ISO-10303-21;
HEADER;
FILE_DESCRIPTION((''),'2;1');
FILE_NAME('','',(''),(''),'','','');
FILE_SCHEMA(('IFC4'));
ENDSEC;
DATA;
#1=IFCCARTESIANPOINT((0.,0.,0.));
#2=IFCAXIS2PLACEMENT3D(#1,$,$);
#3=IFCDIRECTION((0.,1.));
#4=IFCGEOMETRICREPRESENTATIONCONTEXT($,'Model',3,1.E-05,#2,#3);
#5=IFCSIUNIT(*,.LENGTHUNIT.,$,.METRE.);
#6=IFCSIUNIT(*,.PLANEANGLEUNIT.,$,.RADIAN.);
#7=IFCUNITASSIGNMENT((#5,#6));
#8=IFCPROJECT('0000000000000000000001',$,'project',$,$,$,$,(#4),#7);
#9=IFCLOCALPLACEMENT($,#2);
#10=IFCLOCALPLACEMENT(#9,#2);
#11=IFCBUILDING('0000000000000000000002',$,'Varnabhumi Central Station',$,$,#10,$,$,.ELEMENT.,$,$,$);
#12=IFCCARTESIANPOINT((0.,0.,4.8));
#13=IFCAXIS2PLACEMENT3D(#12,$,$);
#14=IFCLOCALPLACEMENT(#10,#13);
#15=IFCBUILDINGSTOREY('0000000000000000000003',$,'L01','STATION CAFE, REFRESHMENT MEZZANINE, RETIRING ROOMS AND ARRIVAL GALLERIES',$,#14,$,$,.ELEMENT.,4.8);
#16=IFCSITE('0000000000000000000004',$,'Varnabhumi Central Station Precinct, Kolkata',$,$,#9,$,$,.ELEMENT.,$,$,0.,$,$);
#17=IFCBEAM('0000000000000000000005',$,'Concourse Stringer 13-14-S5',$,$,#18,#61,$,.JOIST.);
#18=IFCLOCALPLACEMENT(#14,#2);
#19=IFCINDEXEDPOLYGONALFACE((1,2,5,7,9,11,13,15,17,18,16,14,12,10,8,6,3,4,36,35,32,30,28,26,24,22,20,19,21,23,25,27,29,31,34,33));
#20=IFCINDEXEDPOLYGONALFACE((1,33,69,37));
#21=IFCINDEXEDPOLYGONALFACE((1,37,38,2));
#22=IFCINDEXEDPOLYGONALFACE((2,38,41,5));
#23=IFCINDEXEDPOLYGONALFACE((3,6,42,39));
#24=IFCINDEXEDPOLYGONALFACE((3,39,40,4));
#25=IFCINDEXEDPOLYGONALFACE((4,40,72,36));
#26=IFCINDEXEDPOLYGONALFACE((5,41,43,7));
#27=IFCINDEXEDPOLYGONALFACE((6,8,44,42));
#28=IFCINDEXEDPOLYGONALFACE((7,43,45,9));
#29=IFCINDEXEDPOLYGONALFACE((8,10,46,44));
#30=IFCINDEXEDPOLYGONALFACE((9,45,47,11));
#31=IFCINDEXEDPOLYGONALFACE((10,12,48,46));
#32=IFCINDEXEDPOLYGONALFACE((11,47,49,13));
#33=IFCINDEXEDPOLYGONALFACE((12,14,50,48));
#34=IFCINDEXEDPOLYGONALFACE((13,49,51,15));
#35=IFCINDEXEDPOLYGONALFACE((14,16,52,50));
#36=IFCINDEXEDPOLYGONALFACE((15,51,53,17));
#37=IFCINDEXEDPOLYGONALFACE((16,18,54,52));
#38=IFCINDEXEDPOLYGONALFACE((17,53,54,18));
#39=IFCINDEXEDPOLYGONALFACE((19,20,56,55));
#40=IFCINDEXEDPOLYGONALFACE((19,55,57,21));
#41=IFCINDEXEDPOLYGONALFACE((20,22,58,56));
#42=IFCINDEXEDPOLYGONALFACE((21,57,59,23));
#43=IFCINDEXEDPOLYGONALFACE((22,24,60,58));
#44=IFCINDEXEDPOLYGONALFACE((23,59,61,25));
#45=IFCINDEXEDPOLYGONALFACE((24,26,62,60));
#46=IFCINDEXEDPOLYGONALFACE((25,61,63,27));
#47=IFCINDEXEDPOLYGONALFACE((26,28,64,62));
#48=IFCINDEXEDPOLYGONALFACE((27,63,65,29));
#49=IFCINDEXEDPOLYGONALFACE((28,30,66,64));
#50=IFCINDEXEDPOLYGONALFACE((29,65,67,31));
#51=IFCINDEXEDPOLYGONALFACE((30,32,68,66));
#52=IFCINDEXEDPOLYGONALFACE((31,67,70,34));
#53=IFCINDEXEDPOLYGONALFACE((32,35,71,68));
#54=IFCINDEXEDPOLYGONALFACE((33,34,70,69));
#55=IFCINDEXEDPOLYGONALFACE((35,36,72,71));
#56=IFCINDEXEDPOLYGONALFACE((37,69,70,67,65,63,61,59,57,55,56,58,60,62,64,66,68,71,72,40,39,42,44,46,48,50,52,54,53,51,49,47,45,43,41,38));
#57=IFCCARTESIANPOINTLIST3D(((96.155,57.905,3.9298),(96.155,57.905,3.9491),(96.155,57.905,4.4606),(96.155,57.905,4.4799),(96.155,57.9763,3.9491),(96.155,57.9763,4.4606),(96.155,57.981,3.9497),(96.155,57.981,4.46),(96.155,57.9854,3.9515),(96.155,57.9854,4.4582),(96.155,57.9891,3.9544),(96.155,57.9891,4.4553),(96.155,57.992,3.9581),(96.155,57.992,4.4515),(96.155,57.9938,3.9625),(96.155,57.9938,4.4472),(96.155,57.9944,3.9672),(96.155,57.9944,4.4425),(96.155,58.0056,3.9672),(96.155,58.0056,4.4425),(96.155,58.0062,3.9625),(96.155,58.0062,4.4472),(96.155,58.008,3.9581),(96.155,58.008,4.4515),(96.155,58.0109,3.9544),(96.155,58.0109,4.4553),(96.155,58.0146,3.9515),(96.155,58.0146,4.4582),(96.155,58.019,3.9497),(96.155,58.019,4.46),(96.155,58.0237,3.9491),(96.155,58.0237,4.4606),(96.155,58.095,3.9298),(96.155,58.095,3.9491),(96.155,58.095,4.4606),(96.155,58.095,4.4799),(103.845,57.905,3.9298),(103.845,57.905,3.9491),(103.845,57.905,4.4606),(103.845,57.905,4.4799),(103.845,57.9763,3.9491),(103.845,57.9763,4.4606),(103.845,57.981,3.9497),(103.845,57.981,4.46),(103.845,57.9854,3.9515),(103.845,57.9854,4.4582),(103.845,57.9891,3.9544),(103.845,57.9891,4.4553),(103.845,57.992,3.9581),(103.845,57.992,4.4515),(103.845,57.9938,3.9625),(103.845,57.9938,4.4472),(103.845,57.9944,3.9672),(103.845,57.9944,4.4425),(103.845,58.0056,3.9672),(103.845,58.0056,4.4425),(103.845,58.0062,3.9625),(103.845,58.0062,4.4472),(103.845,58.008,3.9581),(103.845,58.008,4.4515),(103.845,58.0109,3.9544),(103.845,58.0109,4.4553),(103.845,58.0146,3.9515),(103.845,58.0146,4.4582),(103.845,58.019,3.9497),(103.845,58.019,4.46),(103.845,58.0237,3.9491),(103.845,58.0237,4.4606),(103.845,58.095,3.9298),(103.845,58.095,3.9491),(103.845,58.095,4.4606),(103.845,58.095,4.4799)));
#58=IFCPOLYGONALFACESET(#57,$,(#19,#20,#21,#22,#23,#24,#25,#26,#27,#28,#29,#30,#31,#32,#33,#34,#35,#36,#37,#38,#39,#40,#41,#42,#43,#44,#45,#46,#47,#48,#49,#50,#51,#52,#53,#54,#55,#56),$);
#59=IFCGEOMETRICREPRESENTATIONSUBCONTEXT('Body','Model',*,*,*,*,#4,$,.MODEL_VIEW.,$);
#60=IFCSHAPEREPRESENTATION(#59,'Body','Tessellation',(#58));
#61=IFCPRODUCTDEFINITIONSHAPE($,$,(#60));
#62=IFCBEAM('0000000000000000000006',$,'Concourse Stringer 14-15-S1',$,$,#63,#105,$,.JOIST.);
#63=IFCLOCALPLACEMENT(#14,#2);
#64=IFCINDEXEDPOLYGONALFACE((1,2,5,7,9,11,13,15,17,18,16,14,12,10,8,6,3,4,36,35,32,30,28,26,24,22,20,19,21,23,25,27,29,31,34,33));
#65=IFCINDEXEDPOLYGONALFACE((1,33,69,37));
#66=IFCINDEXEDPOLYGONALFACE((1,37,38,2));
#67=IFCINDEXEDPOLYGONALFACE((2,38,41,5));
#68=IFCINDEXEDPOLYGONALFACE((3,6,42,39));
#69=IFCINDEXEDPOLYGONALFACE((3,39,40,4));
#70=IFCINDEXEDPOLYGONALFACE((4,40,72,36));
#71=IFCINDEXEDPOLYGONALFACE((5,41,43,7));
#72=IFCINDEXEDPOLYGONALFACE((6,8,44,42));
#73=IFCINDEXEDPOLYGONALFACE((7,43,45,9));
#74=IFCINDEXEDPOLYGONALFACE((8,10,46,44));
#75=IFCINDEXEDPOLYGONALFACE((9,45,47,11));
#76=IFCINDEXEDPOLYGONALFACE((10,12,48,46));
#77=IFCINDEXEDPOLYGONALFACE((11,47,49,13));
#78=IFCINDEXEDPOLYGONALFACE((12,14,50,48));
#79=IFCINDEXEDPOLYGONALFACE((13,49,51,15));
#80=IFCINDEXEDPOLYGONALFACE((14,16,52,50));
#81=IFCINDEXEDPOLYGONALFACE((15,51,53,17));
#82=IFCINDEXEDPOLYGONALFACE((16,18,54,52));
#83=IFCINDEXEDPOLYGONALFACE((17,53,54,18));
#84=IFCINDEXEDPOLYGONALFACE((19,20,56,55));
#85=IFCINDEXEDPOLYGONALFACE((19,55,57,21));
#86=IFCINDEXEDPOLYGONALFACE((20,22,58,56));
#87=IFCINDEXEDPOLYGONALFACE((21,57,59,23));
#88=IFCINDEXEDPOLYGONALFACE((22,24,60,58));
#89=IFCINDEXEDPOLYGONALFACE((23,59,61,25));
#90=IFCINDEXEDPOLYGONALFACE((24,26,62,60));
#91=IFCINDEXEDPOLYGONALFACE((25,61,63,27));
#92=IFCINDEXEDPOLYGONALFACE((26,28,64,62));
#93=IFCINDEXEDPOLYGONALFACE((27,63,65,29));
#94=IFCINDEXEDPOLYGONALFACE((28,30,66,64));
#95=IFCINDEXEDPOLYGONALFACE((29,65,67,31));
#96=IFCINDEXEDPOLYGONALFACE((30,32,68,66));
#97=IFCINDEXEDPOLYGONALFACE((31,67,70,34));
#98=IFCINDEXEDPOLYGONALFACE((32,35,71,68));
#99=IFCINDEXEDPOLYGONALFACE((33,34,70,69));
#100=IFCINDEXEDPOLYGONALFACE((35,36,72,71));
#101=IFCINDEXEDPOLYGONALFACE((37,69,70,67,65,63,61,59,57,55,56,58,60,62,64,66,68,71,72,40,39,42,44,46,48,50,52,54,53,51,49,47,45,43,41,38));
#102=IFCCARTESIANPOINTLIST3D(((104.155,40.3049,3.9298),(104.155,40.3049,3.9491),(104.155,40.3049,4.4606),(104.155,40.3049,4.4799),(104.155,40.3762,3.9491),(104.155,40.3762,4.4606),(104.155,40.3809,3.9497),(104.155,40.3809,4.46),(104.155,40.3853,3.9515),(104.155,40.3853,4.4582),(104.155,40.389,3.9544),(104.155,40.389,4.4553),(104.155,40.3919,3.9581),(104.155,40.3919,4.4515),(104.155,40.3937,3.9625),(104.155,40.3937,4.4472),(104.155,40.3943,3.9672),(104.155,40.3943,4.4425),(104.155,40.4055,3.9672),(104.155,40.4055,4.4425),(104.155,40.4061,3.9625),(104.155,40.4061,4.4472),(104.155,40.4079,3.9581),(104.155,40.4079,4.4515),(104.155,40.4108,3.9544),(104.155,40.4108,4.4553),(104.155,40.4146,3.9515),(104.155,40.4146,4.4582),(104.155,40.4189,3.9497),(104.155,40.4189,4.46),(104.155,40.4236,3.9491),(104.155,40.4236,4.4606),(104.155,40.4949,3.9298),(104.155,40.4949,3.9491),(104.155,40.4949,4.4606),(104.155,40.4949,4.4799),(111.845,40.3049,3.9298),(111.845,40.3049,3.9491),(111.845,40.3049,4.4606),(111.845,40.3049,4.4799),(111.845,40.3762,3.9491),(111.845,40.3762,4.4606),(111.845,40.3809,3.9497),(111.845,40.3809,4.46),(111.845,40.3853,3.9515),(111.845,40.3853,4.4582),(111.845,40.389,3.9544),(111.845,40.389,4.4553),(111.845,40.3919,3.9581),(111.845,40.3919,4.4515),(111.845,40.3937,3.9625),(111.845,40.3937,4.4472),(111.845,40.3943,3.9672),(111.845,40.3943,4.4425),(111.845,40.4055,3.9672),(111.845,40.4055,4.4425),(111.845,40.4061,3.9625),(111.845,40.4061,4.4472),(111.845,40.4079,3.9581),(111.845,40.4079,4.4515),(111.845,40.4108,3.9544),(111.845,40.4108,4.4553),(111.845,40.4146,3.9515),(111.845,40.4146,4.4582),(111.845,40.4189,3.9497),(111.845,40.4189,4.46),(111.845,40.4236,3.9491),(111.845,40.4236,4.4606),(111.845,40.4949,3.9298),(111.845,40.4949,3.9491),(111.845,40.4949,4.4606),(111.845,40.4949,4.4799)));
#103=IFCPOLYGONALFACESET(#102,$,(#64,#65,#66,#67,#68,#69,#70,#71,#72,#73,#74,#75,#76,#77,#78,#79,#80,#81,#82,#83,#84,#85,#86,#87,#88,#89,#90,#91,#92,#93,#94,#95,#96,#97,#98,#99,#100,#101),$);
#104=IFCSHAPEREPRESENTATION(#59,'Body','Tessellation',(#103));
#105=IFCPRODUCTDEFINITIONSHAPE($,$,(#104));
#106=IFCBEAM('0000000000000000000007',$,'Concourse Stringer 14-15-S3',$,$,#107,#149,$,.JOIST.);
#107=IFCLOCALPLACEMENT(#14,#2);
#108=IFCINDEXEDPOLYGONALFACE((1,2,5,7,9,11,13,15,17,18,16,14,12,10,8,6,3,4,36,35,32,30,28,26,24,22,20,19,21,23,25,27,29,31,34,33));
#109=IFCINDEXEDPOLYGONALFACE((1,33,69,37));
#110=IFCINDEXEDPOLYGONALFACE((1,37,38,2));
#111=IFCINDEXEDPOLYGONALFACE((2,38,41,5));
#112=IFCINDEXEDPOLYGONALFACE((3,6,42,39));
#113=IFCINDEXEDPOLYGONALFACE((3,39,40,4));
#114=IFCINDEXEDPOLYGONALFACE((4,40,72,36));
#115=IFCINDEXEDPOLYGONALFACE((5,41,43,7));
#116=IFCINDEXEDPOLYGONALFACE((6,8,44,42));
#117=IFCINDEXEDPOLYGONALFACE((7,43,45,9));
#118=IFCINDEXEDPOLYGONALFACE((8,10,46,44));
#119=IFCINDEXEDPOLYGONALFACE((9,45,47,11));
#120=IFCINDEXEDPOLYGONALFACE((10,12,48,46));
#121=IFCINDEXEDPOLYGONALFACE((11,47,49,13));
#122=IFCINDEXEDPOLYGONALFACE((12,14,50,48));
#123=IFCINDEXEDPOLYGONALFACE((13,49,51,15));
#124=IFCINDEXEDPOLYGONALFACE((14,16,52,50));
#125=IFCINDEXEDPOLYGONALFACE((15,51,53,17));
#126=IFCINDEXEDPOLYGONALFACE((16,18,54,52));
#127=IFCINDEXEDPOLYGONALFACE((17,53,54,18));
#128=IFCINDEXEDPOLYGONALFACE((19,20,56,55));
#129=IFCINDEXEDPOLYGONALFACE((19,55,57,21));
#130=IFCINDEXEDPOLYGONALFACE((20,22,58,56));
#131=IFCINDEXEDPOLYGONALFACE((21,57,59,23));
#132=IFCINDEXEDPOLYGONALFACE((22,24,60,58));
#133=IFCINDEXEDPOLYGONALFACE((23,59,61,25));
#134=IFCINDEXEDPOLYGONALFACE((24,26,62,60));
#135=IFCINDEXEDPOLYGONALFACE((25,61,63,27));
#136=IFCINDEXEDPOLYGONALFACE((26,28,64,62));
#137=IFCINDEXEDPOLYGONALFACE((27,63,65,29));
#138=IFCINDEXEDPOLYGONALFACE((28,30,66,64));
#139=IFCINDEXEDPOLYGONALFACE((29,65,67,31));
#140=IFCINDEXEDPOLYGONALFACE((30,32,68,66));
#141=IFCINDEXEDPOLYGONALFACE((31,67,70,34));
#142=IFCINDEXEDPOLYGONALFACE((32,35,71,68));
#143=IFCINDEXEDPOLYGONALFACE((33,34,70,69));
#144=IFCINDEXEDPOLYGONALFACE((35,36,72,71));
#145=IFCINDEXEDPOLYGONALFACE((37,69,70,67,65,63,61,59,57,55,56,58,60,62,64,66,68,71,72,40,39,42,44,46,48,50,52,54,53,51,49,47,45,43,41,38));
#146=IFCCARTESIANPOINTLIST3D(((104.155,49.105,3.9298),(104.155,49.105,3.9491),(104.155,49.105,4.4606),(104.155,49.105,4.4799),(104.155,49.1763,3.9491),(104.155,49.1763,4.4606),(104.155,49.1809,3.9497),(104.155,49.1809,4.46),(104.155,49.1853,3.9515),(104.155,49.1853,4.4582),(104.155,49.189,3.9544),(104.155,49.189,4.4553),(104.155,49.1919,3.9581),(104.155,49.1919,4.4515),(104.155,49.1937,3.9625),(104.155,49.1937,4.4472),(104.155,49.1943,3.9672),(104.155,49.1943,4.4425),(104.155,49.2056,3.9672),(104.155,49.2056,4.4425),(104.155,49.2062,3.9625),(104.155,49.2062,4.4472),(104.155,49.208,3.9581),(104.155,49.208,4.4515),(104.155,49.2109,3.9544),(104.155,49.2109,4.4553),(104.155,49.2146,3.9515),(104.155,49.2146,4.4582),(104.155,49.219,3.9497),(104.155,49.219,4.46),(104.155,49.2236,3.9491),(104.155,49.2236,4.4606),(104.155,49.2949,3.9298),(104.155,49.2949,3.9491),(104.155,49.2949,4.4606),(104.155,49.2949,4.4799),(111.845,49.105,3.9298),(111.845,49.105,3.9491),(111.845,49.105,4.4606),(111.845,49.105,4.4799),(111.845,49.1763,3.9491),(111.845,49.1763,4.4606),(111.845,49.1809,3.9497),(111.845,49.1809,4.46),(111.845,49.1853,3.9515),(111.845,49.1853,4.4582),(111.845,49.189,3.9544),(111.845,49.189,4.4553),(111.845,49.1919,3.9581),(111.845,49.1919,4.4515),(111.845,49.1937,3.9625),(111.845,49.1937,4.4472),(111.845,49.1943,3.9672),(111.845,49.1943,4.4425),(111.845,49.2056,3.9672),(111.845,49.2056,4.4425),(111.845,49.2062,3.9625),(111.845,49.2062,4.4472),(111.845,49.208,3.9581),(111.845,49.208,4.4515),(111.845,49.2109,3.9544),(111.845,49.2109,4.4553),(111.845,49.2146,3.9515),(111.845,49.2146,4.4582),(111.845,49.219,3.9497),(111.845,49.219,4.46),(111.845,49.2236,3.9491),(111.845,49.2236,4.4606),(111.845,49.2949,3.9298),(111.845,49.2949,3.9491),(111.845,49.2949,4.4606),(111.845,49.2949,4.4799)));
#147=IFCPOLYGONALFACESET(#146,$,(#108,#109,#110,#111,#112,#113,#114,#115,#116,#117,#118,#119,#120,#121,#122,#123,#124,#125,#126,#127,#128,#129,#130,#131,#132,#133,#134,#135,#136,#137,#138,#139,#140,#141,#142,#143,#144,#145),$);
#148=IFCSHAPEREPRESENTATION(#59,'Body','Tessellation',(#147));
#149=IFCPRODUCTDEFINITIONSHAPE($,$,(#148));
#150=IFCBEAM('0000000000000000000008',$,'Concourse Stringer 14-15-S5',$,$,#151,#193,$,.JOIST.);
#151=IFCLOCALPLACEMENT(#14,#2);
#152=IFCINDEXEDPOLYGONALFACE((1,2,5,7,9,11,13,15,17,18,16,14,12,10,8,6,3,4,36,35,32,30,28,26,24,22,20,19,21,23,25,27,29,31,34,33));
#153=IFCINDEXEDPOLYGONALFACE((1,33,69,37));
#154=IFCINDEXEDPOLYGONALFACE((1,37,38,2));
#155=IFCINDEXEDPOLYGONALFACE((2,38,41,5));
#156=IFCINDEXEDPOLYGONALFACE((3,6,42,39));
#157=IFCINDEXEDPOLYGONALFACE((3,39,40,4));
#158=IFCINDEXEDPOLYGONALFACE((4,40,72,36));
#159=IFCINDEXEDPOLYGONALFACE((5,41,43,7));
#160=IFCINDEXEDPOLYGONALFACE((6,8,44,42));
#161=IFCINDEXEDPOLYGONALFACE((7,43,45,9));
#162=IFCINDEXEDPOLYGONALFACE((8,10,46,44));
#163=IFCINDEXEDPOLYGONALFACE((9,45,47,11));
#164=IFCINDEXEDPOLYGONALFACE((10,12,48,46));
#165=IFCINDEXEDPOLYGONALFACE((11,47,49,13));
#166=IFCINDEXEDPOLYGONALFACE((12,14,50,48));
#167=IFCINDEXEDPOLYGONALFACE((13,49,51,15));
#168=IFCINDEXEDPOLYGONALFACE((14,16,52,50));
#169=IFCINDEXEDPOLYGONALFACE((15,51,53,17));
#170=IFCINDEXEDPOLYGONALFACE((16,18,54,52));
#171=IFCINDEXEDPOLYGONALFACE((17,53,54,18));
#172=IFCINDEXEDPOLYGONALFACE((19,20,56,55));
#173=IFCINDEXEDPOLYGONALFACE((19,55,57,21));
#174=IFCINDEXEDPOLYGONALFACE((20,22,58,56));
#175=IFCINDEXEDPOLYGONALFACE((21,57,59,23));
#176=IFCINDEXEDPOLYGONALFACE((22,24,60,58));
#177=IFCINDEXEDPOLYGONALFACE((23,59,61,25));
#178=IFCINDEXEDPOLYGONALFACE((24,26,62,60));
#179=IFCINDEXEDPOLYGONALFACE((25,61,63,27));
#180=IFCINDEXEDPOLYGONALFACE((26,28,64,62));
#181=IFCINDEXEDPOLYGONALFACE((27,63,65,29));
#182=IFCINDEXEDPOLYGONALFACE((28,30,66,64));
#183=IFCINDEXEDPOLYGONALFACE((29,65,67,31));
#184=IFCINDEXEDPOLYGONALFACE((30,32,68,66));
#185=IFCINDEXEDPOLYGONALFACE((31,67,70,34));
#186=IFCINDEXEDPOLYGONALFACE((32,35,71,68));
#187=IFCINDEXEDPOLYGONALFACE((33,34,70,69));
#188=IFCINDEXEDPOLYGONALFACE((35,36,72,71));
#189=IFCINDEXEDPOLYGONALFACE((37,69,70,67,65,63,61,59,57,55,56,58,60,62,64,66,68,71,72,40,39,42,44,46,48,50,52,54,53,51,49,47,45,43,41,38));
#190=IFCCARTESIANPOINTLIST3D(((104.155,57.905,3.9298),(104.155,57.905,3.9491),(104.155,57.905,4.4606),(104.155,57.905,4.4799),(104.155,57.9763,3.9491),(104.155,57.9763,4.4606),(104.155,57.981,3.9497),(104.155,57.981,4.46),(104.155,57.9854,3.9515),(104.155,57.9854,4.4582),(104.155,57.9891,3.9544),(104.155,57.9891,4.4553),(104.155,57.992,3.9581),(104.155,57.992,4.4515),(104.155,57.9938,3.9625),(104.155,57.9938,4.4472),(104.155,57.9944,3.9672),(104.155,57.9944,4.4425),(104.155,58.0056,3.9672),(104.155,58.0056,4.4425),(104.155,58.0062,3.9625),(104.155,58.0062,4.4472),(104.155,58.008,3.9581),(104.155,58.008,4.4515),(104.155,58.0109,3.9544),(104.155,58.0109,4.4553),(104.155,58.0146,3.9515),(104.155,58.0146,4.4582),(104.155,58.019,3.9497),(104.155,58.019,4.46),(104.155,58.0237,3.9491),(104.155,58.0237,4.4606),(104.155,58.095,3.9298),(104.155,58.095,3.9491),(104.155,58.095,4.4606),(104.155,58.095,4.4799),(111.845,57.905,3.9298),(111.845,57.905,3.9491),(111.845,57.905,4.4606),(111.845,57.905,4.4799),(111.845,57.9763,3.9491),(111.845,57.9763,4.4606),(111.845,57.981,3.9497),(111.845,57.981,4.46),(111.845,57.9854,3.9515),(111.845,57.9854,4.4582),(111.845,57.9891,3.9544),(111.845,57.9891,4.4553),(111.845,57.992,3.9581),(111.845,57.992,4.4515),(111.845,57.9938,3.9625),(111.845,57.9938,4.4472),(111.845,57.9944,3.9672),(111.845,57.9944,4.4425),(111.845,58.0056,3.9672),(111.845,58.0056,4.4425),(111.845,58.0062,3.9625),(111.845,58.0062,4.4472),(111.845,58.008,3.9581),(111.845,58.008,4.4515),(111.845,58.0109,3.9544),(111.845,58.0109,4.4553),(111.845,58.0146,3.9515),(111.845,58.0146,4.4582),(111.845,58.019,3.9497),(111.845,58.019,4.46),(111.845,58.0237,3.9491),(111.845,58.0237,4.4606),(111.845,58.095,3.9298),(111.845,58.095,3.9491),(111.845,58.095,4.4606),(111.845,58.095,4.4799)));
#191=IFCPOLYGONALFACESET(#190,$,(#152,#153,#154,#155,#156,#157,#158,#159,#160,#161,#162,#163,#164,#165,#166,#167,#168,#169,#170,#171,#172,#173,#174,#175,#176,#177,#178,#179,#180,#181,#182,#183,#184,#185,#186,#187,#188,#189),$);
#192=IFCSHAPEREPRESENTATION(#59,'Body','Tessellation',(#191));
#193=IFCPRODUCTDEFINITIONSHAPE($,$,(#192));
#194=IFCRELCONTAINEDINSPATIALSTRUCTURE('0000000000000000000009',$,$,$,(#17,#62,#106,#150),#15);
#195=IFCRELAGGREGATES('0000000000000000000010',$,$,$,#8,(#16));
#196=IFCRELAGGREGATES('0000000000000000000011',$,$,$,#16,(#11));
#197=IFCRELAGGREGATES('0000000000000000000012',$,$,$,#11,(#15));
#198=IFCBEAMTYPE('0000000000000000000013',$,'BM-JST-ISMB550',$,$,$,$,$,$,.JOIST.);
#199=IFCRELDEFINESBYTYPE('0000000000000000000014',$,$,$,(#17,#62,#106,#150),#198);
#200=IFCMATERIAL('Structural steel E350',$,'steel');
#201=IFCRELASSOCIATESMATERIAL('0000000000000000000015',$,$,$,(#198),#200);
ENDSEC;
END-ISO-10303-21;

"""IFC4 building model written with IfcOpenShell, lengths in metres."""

from ifc_helpers import new_model, si_unit, direction, frame, origin, origin_2d, place, context, subcontext, project, spatial, i_section, extrude, material, material_profile, profile_set, type_object, element, save


model = new_model("IFC4")

# Units and contexts
model_context = context("Model", 3, precision=1e-05, world=origin(), true_north=direction((0.0, 1.0)))
body_context = subcontext(model_context, "Body", "Model", "MODEL_VIEW")
ifc_project = project(units=[si_unit("LENGTHUNIT", "METRE"), si_unit("PLANEANGLEUNIT", "RADIAN")], contexts=[model_context])

# Site, building, storey
site_placement = place(None, origin())
site = spatial("IfcSite", under=ifc_project, at=site_placement, Name="Varnabhumi Central Station Precinct, Kolkata", CompositionType="ELEMENT", RefElevation=0.0)
building_placement = place(site_placement, origin())
building = spatial("IfcBuilding", under=site, at=building_placement, Name="Varnabhumi Central Station", CompositionType="ELEMENT")
storey_placement = place(building_placement, frame((0.0, 0.0, 4.8)))
storey = spatial("IfcBuildingStorey", under=building, at=storey_placement, Name="L01", Description="STATION CAFE, REFRESHMENT MEZZANINE, RETIRING ROOMS AND ARRIVAL GALLERIES", CompositionType="ELEMENT", Elevation=4.8)

# Beams
ifc_material_1 = material(Name="Structural steel E350", Category="steel")
ifc_material_profile_1 = material_profile(ifc_material_1, i_section(OverallWidth=0.1899, OverallDepth=0.55, WebThickness=0.0112, FlangeThickness=0.0193, FilletRadius=0.0181, at=origin_2d()), Name="Structural steel E350", Category="steel")
ifc_profile_set_1 = profile_set([ifc_material_profile_1], Name="Structural steel E350")
beam_type_1 = type_object("IfcBeamType", Name="BM-JST-ISMB550", PredefinedType="JOIST", material=ifc_profile_set_1)
for number, where, z_axis, x_axis, name in (
    (1, (96.155, 58.0, 4.2048), (1.0, 0.0, 0.0), (0.0, 1.0, 0.0), "Concourse Stringer 13-14-S5"),
    (2, (104.155, 40.3999, 4.2048), (1.0, 0.0, 0.0), (0.0, 1.0, 0.0), "Concourse Stringer 14-15-S1"),
    (3, (104.155, 49.2, 4.2048), (1.0, 0.0, 0.0), (0.0, 1.0, 0.0), "Concourse Stringer 14-15-S3"),
    (4, (104.155, 58.0, 4.2048), (1.0, 0.0, 0.0), (0.0, 1.0, 0.0), "Concourse Stringer 14-15-S5"),
):
    element("IfcBeam", number, at=place(storey_placement, frame(where, z_axis=z_axis, x_axis=x_axis)), inside=storey, type_object=beam_type_1, Name=name, PredefinedType="JOIST", context=body_context, shape_type="SweptSolid", body=[
        extrude(i_section(OverallWidth=0.1899, OverallDepth=0.55, WebThickness=0.0112, FlangeThickness=0.0193, FilletRadius=0.0181, at=origin_2d()), origin(), (0.0, 0.0, 1.0), 7.6899),
    ])

save(model, "model.ifc")
